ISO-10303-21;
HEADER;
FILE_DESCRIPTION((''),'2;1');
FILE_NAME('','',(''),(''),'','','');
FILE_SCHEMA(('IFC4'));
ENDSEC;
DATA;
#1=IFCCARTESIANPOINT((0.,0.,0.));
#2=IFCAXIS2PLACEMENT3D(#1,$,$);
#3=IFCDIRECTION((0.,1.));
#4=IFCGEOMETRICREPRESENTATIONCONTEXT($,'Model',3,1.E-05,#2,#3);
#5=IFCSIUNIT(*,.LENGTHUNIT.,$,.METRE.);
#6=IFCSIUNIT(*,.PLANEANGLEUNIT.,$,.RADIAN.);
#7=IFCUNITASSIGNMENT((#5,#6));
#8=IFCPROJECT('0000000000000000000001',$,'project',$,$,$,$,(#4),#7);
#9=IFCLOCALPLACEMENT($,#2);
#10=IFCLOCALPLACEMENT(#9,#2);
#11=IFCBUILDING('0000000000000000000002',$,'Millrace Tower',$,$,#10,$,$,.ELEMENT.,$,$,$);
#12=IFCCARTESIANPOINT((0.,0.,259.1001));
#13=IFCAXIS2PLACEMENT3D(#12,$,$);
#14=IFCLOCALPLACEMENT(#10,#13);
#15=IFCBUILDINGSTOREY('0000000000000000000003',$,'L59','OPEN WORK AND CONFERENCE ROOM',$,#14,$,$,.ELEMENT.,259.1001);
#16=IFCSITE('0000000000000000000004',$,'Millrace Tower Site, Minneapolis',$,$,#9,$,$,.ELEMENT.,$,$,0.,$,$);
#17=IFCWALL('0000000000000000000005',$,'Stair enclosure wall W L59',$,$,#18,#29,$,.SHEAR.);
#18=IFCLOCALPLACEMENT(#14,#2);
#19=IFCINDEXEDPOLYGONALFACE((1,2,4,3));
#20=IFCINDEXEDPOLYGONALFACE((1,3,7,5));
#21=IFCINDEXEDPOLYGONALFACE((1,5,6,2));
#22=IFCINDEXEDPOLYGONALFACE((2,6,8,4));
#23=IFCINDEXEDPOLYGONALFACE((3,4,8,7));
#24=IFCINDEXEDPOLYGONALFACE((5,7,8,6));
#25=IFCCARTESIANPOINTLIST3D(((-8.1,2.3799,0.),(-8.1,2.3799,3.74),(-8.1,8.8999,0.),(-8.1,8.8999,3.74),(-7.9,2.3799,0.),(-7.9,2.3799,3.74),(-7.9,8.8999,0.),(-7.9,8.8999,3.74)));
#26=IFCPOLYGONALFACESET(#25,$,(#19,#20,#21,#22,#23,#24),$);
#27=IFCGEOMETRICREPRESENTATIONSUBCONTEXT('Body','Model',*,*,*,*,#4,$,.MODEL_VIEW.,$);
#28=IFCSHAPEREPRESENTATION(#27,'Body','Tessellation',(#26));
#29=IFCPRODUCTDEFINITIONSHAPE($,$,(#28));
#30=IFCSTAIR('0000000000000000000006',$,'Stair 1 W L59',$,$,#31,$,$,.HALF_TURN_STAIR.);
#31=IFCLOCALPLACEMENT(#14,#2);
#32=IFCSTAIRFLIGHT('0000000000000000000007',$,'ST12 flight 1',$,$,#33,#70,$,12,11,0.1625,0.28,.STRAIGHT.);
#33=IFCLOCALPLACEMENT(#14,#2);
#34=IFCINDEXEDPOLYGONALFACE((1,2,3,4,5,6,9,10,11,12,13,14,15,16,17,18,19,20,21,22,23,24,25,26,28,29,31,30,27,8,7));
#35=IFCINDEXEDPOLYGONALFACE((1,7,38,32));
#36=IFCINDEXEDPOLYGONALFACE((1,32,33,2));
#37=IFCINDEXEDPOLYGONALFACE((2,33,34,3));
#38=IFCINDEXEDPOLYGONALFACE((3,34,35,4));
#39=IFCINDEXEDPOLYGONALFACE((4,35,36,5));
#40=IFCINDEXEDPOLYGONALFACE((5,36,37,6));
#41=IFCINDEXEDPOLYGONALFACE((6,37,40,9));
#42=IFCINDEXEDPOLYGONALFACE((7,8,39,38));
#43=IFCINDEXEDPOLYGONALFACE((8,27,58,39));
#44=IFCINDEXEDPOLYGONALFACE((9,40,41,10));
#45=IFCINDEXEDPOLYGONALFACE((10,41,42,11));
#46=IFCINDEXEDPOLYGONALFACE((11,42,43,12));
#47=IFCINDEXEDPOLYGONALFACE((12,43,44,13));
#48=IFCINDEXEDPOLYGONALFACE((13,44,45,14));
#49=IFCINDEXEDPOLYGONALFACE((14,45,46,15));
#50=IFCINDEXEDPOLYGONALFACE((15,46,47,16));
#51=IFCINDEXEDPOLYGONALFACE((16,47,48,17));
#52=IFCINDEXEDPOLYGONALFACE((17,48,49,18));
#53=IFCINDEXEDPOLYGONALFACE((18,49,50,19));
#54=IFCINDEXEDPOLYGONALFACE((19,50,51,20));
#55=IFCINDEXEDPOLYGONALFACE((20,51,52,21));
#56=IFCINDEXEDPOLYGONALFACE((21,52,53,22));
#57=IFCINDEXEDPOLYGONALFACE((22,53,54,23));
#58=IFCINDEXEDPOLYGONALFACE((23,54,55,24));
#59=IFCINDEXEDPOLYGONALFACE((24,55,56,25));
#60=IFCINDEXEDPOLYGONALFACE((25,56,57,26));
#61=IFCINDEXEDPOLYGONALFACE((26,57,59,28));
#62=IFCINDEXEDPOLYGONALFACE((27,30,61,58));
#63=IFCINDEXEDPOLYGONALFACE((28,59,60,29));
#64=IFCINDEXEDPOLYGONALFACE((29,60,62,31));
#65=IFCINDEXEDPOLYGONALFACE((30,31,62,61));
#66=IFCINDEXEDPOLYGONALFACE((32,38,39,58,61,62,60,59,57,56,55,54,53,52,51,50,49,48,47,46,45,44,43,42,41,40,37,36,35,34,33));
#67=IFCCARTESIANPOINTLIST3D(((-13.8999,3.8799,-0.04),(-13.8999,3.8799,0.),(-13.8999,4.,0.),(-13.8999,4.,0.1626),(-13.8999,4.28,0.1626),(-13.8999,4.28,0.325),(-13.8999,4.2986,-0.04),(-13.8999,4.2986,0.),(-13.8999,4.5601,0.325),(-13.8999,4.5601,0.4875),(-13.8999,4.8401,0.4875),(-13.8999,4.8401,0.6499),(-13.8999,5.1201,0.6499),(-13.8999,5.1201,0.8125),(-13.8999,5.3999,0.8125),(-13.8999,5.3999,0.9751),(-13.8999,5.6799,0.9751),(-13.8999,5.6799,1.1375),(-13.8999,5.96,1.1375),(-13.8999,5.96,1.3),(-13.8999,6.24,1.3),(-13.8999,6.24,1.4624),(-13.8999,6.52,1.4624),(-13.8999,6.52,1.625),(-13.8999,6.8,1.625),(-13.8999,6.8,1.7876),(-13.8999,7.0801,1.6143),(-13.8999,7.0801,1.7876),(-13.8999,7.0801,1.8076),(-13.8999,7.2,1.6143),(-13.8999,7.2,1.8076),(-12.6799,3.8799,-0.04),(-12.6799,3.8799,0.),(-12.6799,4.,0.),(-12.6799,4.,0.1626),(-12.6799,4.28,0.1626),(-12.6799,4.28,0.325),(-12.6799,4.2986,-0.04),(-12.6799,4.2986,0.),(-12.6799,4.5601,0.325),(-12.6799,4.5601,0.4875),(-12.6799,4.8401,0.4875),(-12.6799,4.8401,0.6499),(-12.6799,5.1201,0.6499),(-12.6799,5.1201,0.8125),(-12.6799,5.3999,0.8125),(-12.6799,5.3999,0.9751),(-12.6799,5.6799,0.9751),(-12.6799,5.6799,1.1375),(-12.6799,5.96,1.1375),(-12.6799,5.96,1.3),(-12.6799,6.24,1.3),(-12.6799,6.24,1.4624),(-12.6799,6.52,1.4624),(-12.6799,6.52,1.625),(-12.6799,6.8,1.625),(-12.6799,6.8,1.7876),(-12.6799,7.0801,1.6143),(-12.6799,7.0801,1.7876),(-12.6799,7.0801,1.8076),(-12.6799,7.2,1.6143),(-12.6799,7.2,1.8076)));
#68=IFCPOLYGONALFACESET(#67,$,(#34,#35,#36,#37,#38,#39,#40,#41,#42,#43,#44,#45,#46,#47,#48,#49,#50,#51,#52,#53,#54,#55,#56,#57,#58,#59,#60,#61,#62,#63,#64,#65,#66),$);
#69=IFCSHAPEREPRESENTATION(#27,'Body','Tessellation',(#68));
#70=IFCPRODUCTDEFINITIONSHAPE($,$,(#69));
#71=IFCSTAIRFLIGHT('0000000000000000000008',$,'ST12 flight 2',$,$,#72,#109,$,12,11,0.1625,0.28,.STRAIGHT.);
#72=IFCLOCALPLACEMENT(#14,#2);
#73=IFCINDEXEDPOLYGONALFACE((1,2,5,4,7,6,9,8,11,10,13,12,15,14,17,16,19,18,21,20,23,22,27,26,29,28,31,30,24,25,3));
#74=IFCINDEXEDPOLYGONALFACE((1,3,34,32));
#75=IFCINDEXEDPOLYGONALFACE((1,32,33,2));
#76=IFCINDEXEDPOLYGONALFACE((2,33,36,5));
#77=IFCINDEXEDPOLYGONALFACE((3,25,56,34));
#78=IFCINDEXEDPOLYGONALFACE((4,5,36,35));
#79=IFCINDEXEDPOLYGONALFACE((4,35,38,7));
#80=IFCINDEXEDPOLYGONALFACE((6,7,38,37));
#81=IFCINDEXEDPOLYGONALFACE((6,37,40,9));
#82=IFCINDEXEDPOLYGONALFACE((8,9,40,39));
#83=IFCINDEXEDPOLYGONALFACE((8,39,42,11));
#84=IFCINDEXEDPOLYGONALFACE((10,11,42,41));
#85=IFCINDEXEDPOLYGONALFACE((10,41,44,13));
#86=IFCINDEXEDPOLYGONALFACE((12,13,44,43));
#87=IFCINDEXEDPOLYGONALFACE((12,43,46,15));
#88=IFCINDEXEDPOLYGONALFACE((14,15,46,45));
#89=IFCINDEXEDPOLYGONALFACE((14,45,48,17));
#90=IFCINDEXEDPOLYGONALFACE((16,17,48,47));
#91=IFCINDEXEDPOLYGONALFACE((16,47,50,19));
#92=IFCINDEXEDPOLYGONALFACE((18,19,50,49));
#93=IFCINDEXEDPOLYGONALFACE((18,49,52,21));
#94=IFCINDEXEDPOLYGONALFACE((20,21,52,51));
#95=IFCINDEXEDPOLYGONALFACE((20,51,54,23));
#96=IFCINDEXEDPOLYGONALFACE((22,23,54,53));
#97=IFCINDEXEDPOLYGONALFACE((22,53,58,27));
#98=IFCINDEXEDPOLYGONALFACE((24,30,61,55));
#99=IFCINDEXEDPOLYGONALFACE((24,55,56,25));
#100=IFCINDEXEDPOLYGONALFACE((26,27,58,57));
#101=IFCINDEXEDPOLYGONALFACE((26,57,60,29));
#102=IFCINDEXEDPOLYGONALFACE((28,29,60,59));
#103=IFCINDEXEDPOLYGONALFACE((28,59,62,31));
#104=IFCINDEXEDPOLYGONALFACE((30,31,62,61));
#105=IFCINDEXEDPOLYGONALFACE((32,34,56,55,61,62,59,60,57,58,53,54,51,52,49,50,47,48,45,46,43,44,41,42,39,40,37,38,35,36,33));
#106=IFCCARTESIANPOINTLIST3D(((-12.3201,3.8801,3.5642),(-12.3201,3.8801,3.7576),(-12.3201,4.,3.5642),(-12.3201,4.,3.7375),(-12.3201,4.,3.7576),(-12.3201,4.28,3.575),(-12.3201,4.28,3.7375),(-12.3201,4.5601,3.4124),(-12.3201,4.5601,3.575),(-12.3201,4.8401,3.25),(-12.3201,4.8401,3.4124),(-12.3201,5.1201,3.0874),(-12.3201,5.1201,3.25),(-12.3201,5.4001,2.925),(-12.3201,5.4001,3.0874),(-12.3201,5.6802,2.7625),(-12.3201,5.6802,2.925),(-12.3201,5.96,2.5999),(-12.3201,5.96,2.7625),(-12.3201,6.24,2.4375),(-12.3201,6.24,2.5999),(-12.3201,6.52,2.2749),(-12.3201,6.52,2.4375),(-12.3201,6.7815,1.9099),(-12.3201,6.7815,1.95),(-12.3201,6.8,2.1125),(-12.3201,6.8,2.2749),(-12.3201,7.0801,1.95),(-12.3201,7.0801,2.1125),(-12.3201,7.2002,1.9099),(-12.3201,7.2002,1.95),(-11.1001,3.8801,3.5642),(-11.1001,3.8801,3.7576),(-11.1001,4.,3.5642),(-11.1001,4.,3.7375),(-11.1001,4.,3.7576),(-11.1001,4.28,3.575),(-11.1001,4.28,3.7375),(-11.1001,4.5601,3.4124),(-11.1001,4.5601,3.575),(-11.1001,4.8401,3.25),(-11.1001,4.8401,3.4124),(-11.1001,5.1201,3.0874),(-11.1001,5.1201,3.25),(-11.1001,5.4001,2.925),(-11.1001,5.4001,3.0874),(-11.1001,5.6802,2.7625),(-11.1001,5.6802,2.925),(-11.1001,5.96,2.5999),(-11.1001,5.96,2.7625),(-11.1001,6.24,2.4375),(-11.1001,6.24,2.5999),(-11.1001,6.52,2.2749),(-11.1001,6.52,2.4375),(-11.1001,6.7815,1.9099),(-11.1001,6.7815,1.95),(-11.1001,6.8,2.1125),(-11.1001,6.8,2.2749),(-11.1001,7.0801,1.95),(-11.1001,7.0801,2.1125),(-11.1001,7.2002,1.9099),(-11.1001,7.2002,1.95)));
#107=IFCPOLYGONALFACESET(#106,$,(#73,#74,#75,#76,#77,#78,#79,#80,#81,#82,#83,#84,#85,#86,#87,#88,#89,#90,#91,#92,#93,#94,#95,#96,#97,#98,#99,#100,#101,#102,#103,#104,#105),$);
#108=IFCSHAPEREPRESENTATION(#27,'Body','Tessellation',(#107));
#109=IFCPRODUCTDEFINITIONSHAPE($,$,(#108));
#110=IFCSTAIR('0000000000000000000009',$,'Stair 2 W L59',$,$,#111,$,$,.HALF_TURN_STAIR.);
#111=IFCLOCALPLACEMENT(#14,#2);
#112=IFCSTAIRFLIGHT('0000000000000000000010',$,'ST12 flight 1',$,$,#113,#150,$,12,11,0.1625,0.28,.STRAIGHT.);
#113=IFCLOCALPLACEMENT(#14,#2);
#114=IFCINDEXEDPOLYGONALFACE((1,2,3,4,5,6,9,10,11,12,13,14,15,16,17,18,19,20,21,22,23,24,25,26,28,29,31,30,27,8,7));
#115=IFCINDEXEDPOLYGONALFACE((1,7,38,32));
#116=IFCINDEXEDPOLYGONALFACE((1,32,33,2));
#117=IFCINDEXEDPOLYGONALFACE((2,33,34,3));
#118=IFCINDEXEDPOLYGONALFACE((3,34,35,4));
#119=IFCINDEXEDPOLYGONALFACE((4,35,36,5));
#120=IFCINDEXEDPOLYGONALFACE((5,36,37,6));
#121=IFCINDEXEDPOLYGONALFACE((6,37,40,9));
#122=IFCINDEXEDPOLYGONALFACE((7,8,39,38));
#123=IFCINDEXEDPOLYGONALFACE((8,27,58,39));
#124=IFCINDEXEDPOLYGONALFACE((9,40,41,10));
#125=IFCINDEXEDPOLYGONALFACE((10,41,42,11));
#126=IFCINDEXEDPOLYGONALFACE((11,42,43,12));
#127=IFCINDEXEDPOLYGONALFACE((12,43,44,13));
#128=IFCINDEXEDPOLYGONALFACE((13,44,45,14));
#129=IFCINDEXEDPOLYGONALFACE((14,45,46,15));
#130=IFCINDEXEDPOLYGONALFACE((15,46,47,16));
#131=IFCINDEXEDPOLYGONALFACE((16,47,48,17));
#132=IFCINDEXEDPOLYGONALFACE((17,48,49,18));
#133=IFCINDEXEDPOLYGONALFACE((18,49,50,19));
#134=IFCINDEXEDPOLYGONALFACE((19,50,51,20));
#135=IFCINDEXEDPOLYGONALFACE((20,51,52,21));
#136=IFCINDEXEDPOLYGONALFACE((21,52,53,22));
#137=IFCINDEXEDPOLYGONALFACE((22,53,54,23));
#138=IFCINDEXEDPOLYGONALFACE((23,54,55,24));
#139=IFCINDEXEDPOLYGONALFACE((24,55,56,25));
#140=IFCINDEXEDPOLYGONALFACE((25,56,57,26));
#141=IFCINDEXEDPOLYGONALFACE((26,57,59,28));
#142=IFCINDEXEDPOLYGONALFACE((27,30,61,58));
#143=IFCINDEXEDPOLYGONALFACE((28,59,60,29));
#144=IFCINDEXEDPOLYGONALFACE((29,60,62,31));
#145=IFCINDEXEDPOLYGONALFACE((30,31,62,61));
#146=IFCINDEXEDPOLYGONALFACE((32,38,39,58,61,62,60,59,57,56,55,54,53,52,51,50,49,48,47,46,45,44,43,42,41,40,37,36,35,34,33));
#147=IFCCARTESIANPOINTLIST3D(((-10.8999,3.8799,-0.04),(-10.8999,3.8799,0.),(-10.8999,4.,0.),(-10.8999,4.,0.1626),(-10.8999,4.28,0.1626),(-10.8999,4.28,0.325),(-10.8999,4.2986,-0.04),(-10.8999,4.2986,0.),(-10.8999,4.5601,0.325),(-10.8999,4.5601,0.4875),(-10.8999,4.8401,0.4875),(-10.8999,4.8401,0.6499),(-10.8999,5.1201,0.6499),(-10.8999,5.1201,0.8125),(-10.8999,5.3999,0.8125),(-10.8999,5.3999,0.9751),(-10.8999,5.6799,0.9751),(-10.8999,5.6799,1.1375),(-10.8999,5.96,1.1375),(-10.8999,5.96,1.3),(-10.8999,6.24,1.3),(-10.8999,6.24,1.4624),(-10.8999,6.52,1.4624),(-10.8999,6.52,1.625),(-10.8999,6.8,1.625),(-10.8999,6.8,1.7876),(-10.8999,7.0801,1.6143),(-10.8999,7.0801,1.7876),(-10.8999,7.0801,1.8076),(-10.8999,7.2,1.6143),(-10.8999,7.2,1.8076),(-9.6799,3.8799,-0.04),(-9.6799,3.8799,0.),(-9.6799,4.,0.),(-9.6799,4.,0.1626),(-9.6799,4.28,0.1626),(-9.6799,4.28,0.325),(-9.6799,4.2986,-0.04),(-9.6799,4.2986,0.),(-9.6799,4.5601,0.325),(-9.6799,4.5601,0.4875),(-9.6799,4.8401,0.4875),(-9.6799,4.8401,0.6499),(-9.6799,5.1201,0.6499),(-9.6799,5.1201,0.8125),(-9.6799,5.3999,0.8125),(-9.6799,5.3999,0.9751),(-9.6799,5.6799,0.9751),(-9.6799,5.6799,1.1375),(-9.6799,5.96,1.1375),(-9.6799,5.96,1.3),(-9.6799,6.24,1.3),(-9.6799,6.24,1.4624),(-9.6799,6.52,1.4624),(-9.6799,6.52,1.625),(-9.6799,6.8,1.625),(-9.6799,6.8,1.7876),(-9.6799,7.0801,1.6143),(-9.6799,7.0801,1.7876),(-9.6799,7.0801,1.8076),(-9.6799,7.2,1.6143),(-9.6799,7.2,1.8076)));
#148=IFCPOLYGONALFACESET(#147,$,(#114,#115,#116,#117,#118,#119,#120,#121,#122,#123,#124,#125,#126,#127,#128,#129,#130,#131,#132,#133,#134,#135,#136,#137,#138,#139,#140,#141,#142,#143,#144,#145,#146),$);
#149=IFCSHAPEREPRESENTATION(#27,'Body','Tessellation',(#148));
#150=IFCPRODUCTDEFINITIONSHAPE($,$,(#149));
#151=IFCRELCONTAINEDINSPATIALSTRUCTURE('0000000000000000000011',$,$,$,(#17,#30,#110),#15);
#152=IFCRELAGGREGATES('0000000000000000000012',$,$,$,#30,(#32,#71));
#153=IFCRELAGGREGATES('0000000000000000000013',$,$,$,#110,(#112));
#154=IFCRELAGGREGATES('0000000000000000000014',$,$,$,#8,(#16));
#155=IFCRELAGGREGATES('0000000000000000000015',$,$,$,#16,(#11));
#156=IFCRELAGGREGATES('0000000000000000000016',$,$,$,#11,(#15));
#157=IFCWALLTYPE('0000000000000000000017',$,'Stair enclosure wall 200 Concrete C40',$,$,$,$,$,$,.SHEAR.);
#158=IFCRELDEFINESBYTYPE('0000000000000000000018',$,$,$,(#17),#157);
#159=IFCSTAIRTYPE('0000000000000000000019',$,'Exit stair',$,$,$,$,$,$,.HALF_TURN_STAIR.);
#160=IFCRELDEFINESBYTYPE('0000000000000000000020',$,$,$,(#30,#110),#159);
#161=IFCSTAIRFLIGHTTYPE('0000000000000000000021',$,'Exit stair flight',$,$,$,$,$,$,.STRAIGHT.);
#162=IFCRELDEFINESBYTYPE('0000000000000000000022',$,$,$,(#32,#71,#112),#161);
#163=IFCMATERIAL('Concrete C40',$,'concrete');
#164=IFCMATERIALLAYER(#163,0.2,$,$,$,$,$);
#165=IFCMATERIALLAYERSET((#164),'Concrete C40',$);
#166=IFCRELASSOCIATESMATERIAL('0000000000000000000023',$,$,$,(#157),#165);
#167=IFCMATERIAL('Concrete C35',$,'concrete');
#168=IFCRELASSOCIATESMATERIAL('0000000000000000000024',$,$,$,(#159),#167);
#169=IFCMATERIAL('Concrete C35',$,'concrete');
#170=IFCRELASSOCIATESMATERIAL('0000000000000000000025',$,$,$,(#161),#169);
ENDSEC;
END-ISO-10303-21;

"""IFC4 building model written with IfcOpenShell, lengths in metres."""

from ifc_helpers import new_model, si_unit, direction, frame, frame_2d, origin, place, context, subcontext, project, spatial, polyline, rectangle, outline, extrude, material, layer, layer_set, type_object, element, aggregate, save


model = new_model("IFC4")

# Units and contexts
model_context = context("Model", 3, precision=1e-05, world=origin(), true_north=direction((0.0, 1.0)))
body_context = subcontext(model_context, "Body", "Model", "MODEL_VIEW")
ifc_project = project(units=[si_unit("LENGTHUNIT", "METRE"), si_unit("PLANEANGLEUNIT", "RADIAN")], contexts=[model_context])

# Site, building, storey
site_placement = place(None, origin())
site = spatial("IfcSite", under=ifc_project, at=site_placement, Name="Millrace Tower Site, Minneapolis", CompositionType="ELEMENT", RefElevation=0.0)
building_placement = place(site_placement, origin())
building = spatial("IfcBuilding", under=site, at=building_placement, Name="Millrace Tower", CompositionType="ELEMENT")
storey_placement = place(building_placement, frame((0.0, 0.0, 259.1001)))
storey = spatial("IfcBuildingStorey", under=building, at=storey_placement, Name="L59", Description="OPEN WORK AND CONFERENCE ROOM", CompositionType="ELEMENT", Elevation=259.1001)

# Shared definitions
ifc_material_1 = material(Name="Concrete C40", Category="concrete")
ifc_layer_1 = layer(ifc_material_1, 0.2)
ifc_layer_set_1 = layer_set([ifc_layer_1], Name="Concrete C40")
wall_type_1 = type_object("IfcWallType", Name="Stair enclosure wall 200 Concrete C40", PredefinedType="SHEAR", material=ifc_layer_set_1)

# Wall
for number, where, z_axis, x_axis, name in (
    (1, (-8.0, 2.3799, 0.0), (0.0, 0.0, 1.0), (0.0, 1.0, 0.0), "Stair enclosure wall W L59"),
):
    element("IfcWall", number, at=place(storey_placement, frame(where, z_axis=z_axis, x_axis=x_axis)), inside=storey, type_object=wall_type_1, Name=name, PredefinedType="SHEAR", context=body_context, shape_type="SweptSolid", body=[
        extrude(rectangle(XDim=6.52, YDim=0.2, at=frame_2d((3.26, 0.0))), origin(), (0.0, 0.0, 1.0), 3.74),
    ])

# Stairs, stair flights
ifc_material_2 = material(Name="Concrete C35", Category="concrete")
stair_type = type_object("IfcStairType", Name="Exit stair", PredefinedType="HALF_TURN_STAIR", material=ifc_material_2)
placement = place(storey_placement, origin())
stair_1 = element("IfcStair", 2, at=placement, inside=storey, type_object=stair_type, Name="Stair 1 W L59", PredefinedType="HALF_TURN_STAIR")
ifc_material_3 = material(Name="Concrete C35", Category="concrete")
stair_flight_type = type_object("IfcStairFlightType", Name="Exit stair flight", PredefinedType="STRAIGHT", material=ifc_material_3)
stair_flight_1_placement = place(storey_placement, frame((-13.29, 4.0, 0.0), z_axis=(0.0, 0.0, 1.0), x_axis=(0.0, 1.0, 0.0)))
stair_flight_1 = element("IfcStairFlight", 3, at=stair_flight_1_placement, type_object=stair_flight_type, Name="ST12 flight 1", NumberOfRisers=12, NumberOfTreads=11, PredefinedType="STRAIGHT", RiserHeight=0.1625, TreadLength=0.28, context=body_context, shape_type="SweptSolid", body=[
    extrude(outline(polyline([(-0.1201, -0.04), (-0.1201, 0.0), (0.0, 0.0), (0.0, 0.1626), (0.28, 0.1626), (0.28, 0.325), (0.5601, 0.325), (0.5601, 0.4875), (0.8401, 0.4875), (0.8401, 0.6499), (1.1201, 0.6499), (1.1201, 0.8125), (1.3999, 0.8125), (1.3999, 0.9751), (1.6799, 0.9751), (1.6799, 1.1375), (1.96, 1.1375), (1.96, 1.3), (2.24, 1.3), (2.24, 1.4624), (2.52, 1.4624), (2.52, 1.625), (2.8, 1.625), (2.8, 1.7876), (3.0801, 1.7876), (3.0801, 1.8076), (3.2, 1.8076), (3.2, 1.6143), (3.0801, 1.6143), (0.2986, 0.0), (0.2986, -0.04), (-0.1201, -0.04)])), frame((0.0, 0.6099, 0.0), z_axis=(0.0, -1.0, 0.0), x_axis=(1.0, 0.0, 0.0)), (0.0, 0.0, 1.0), 1.22),
])
stair_flight_2_placement = place(storey_placement, frame((-11.71, 7.0801, 1.95), z_axis=(0.0, 0.0, 1.0), x_axis=(0.0, -1.0, 0.0)))
stair_flight_2 = element("IfcStairFlight", 4, at=stair_flight_2_placement, type_object=stair_flight_type, Name="ST12 flight 2", NumberOfRisers=12, NumberOfTreads=11, PredefinedType="STRAIGHT", RiserHeight=0.1625, TreadLength=0.28, context=body_context, shape_type="SweptSolid", body=[
    extrude(outline(polyline([(-0.1201, -0.04), (-0.1201, 0.0), (0.0, 0.0), (0.0, 0.1626), (0.28, 0.1626), (0.28, 0.325), (0.5601, 0.325), (0.5601, 0.4875), (0.8401, 0.4875), (0.8401, 0.6499), (1.1201, 0.6499), (1.1201, 0.8125), (1.3999, 0.8125), (1.3999, 0.9751), (1.6799, 0.9751), (1.6799, 1.1375), (1.96, 1.1375), (1.96, 1.3), (2.24, 1.3), (2.24, 1.4624), (2.52, 1.4624), (2.52, 1.625), (2.8, 1.625), (2.8, 1.7876), (3.0801, 1.7876), (3.0801, 1.8076), (3.2, 1.8076), (3.2, 1.6143), (3.0801, 1.6143), (0.2986, 0.0), (0.2986, -0.04), (-0.1201, -0.04)])), frame((0.0, 0.6099, 0.0), z_axis=(0.0, -1.0, 0.0), x_axis=(1.0, 0.0, 0.0)), (0.0, 0.0, 1.0), 1.22),
])
aggregate(stair_1, [stair_flight_1, stair_flight_2])
stair_2 = element("IfcStair", 5, at=placement, inside=storey, type_object=stair_type, Name="Stair 2 W L59", PredefinedType="HALF_TURN_STAIR")
stair_flight_3_placement = place(storey_placement, frame((-10.29, 4.0, 0.0), z_axis=(0.0, 0.0, 1.0), x_axis=(0.0, 1.0, 0.0)))
stair_flight_3 = element("IfcStairFlight", 6, at=stair_flight_3_placement, type_object=stair_flight_type, Name="ST12 flight 1", NumberOfRisers=12, NumberOfTreads=11, PredefinedType="STRAIGHT", RiserHeight=0.1625, TreadLength=0.28, context=body_context, shape_type="SweptSolid", body=[
    extrude(outline(polyline([(-0.1201, -0.04), (-0.1201, 0.0), (0.0, 0.0), (0.0, 0.1626), (0.28, 0.1626), (0.28, 0.325), (0.5601, 0.325), (0.5601, 0.4875), (0.8401, 0.4875), (0.8401, 0.6499), (1.1201, 0.6499), (1.1201, 0.8125), (1.3999, 0.8125), (1.3999, 0.9751), (1.6799, 0.9751), (1.6799, 1.1375), (1.96, 1.1375), (1.96, 1.3), (2.24, 1.3), (2.24, 1.4624), (2.52, 1.4624), (2.52, 1.625), (2.8, 1.625), (2.8, 1.7876), (3.0801, 1.7876), (3.0801, 1.8076), (3.2, 1.8076), (3.2, 1.6143), (3.0801, 1.6143), (0.2986, 0.0), (0.2986, -0.04), (-0.1201, -0.04)])), frame((0.0, 0.6099, 0.0), z_axis=(0.0, -1.0, 0.0), x_axis=(1.0, 0.0, 0.0)), (0.0, 0.0, 1.0), 1.22),
])
aggregate(stair_2, [stair_flight_3])

save(model, "model.ifc")
